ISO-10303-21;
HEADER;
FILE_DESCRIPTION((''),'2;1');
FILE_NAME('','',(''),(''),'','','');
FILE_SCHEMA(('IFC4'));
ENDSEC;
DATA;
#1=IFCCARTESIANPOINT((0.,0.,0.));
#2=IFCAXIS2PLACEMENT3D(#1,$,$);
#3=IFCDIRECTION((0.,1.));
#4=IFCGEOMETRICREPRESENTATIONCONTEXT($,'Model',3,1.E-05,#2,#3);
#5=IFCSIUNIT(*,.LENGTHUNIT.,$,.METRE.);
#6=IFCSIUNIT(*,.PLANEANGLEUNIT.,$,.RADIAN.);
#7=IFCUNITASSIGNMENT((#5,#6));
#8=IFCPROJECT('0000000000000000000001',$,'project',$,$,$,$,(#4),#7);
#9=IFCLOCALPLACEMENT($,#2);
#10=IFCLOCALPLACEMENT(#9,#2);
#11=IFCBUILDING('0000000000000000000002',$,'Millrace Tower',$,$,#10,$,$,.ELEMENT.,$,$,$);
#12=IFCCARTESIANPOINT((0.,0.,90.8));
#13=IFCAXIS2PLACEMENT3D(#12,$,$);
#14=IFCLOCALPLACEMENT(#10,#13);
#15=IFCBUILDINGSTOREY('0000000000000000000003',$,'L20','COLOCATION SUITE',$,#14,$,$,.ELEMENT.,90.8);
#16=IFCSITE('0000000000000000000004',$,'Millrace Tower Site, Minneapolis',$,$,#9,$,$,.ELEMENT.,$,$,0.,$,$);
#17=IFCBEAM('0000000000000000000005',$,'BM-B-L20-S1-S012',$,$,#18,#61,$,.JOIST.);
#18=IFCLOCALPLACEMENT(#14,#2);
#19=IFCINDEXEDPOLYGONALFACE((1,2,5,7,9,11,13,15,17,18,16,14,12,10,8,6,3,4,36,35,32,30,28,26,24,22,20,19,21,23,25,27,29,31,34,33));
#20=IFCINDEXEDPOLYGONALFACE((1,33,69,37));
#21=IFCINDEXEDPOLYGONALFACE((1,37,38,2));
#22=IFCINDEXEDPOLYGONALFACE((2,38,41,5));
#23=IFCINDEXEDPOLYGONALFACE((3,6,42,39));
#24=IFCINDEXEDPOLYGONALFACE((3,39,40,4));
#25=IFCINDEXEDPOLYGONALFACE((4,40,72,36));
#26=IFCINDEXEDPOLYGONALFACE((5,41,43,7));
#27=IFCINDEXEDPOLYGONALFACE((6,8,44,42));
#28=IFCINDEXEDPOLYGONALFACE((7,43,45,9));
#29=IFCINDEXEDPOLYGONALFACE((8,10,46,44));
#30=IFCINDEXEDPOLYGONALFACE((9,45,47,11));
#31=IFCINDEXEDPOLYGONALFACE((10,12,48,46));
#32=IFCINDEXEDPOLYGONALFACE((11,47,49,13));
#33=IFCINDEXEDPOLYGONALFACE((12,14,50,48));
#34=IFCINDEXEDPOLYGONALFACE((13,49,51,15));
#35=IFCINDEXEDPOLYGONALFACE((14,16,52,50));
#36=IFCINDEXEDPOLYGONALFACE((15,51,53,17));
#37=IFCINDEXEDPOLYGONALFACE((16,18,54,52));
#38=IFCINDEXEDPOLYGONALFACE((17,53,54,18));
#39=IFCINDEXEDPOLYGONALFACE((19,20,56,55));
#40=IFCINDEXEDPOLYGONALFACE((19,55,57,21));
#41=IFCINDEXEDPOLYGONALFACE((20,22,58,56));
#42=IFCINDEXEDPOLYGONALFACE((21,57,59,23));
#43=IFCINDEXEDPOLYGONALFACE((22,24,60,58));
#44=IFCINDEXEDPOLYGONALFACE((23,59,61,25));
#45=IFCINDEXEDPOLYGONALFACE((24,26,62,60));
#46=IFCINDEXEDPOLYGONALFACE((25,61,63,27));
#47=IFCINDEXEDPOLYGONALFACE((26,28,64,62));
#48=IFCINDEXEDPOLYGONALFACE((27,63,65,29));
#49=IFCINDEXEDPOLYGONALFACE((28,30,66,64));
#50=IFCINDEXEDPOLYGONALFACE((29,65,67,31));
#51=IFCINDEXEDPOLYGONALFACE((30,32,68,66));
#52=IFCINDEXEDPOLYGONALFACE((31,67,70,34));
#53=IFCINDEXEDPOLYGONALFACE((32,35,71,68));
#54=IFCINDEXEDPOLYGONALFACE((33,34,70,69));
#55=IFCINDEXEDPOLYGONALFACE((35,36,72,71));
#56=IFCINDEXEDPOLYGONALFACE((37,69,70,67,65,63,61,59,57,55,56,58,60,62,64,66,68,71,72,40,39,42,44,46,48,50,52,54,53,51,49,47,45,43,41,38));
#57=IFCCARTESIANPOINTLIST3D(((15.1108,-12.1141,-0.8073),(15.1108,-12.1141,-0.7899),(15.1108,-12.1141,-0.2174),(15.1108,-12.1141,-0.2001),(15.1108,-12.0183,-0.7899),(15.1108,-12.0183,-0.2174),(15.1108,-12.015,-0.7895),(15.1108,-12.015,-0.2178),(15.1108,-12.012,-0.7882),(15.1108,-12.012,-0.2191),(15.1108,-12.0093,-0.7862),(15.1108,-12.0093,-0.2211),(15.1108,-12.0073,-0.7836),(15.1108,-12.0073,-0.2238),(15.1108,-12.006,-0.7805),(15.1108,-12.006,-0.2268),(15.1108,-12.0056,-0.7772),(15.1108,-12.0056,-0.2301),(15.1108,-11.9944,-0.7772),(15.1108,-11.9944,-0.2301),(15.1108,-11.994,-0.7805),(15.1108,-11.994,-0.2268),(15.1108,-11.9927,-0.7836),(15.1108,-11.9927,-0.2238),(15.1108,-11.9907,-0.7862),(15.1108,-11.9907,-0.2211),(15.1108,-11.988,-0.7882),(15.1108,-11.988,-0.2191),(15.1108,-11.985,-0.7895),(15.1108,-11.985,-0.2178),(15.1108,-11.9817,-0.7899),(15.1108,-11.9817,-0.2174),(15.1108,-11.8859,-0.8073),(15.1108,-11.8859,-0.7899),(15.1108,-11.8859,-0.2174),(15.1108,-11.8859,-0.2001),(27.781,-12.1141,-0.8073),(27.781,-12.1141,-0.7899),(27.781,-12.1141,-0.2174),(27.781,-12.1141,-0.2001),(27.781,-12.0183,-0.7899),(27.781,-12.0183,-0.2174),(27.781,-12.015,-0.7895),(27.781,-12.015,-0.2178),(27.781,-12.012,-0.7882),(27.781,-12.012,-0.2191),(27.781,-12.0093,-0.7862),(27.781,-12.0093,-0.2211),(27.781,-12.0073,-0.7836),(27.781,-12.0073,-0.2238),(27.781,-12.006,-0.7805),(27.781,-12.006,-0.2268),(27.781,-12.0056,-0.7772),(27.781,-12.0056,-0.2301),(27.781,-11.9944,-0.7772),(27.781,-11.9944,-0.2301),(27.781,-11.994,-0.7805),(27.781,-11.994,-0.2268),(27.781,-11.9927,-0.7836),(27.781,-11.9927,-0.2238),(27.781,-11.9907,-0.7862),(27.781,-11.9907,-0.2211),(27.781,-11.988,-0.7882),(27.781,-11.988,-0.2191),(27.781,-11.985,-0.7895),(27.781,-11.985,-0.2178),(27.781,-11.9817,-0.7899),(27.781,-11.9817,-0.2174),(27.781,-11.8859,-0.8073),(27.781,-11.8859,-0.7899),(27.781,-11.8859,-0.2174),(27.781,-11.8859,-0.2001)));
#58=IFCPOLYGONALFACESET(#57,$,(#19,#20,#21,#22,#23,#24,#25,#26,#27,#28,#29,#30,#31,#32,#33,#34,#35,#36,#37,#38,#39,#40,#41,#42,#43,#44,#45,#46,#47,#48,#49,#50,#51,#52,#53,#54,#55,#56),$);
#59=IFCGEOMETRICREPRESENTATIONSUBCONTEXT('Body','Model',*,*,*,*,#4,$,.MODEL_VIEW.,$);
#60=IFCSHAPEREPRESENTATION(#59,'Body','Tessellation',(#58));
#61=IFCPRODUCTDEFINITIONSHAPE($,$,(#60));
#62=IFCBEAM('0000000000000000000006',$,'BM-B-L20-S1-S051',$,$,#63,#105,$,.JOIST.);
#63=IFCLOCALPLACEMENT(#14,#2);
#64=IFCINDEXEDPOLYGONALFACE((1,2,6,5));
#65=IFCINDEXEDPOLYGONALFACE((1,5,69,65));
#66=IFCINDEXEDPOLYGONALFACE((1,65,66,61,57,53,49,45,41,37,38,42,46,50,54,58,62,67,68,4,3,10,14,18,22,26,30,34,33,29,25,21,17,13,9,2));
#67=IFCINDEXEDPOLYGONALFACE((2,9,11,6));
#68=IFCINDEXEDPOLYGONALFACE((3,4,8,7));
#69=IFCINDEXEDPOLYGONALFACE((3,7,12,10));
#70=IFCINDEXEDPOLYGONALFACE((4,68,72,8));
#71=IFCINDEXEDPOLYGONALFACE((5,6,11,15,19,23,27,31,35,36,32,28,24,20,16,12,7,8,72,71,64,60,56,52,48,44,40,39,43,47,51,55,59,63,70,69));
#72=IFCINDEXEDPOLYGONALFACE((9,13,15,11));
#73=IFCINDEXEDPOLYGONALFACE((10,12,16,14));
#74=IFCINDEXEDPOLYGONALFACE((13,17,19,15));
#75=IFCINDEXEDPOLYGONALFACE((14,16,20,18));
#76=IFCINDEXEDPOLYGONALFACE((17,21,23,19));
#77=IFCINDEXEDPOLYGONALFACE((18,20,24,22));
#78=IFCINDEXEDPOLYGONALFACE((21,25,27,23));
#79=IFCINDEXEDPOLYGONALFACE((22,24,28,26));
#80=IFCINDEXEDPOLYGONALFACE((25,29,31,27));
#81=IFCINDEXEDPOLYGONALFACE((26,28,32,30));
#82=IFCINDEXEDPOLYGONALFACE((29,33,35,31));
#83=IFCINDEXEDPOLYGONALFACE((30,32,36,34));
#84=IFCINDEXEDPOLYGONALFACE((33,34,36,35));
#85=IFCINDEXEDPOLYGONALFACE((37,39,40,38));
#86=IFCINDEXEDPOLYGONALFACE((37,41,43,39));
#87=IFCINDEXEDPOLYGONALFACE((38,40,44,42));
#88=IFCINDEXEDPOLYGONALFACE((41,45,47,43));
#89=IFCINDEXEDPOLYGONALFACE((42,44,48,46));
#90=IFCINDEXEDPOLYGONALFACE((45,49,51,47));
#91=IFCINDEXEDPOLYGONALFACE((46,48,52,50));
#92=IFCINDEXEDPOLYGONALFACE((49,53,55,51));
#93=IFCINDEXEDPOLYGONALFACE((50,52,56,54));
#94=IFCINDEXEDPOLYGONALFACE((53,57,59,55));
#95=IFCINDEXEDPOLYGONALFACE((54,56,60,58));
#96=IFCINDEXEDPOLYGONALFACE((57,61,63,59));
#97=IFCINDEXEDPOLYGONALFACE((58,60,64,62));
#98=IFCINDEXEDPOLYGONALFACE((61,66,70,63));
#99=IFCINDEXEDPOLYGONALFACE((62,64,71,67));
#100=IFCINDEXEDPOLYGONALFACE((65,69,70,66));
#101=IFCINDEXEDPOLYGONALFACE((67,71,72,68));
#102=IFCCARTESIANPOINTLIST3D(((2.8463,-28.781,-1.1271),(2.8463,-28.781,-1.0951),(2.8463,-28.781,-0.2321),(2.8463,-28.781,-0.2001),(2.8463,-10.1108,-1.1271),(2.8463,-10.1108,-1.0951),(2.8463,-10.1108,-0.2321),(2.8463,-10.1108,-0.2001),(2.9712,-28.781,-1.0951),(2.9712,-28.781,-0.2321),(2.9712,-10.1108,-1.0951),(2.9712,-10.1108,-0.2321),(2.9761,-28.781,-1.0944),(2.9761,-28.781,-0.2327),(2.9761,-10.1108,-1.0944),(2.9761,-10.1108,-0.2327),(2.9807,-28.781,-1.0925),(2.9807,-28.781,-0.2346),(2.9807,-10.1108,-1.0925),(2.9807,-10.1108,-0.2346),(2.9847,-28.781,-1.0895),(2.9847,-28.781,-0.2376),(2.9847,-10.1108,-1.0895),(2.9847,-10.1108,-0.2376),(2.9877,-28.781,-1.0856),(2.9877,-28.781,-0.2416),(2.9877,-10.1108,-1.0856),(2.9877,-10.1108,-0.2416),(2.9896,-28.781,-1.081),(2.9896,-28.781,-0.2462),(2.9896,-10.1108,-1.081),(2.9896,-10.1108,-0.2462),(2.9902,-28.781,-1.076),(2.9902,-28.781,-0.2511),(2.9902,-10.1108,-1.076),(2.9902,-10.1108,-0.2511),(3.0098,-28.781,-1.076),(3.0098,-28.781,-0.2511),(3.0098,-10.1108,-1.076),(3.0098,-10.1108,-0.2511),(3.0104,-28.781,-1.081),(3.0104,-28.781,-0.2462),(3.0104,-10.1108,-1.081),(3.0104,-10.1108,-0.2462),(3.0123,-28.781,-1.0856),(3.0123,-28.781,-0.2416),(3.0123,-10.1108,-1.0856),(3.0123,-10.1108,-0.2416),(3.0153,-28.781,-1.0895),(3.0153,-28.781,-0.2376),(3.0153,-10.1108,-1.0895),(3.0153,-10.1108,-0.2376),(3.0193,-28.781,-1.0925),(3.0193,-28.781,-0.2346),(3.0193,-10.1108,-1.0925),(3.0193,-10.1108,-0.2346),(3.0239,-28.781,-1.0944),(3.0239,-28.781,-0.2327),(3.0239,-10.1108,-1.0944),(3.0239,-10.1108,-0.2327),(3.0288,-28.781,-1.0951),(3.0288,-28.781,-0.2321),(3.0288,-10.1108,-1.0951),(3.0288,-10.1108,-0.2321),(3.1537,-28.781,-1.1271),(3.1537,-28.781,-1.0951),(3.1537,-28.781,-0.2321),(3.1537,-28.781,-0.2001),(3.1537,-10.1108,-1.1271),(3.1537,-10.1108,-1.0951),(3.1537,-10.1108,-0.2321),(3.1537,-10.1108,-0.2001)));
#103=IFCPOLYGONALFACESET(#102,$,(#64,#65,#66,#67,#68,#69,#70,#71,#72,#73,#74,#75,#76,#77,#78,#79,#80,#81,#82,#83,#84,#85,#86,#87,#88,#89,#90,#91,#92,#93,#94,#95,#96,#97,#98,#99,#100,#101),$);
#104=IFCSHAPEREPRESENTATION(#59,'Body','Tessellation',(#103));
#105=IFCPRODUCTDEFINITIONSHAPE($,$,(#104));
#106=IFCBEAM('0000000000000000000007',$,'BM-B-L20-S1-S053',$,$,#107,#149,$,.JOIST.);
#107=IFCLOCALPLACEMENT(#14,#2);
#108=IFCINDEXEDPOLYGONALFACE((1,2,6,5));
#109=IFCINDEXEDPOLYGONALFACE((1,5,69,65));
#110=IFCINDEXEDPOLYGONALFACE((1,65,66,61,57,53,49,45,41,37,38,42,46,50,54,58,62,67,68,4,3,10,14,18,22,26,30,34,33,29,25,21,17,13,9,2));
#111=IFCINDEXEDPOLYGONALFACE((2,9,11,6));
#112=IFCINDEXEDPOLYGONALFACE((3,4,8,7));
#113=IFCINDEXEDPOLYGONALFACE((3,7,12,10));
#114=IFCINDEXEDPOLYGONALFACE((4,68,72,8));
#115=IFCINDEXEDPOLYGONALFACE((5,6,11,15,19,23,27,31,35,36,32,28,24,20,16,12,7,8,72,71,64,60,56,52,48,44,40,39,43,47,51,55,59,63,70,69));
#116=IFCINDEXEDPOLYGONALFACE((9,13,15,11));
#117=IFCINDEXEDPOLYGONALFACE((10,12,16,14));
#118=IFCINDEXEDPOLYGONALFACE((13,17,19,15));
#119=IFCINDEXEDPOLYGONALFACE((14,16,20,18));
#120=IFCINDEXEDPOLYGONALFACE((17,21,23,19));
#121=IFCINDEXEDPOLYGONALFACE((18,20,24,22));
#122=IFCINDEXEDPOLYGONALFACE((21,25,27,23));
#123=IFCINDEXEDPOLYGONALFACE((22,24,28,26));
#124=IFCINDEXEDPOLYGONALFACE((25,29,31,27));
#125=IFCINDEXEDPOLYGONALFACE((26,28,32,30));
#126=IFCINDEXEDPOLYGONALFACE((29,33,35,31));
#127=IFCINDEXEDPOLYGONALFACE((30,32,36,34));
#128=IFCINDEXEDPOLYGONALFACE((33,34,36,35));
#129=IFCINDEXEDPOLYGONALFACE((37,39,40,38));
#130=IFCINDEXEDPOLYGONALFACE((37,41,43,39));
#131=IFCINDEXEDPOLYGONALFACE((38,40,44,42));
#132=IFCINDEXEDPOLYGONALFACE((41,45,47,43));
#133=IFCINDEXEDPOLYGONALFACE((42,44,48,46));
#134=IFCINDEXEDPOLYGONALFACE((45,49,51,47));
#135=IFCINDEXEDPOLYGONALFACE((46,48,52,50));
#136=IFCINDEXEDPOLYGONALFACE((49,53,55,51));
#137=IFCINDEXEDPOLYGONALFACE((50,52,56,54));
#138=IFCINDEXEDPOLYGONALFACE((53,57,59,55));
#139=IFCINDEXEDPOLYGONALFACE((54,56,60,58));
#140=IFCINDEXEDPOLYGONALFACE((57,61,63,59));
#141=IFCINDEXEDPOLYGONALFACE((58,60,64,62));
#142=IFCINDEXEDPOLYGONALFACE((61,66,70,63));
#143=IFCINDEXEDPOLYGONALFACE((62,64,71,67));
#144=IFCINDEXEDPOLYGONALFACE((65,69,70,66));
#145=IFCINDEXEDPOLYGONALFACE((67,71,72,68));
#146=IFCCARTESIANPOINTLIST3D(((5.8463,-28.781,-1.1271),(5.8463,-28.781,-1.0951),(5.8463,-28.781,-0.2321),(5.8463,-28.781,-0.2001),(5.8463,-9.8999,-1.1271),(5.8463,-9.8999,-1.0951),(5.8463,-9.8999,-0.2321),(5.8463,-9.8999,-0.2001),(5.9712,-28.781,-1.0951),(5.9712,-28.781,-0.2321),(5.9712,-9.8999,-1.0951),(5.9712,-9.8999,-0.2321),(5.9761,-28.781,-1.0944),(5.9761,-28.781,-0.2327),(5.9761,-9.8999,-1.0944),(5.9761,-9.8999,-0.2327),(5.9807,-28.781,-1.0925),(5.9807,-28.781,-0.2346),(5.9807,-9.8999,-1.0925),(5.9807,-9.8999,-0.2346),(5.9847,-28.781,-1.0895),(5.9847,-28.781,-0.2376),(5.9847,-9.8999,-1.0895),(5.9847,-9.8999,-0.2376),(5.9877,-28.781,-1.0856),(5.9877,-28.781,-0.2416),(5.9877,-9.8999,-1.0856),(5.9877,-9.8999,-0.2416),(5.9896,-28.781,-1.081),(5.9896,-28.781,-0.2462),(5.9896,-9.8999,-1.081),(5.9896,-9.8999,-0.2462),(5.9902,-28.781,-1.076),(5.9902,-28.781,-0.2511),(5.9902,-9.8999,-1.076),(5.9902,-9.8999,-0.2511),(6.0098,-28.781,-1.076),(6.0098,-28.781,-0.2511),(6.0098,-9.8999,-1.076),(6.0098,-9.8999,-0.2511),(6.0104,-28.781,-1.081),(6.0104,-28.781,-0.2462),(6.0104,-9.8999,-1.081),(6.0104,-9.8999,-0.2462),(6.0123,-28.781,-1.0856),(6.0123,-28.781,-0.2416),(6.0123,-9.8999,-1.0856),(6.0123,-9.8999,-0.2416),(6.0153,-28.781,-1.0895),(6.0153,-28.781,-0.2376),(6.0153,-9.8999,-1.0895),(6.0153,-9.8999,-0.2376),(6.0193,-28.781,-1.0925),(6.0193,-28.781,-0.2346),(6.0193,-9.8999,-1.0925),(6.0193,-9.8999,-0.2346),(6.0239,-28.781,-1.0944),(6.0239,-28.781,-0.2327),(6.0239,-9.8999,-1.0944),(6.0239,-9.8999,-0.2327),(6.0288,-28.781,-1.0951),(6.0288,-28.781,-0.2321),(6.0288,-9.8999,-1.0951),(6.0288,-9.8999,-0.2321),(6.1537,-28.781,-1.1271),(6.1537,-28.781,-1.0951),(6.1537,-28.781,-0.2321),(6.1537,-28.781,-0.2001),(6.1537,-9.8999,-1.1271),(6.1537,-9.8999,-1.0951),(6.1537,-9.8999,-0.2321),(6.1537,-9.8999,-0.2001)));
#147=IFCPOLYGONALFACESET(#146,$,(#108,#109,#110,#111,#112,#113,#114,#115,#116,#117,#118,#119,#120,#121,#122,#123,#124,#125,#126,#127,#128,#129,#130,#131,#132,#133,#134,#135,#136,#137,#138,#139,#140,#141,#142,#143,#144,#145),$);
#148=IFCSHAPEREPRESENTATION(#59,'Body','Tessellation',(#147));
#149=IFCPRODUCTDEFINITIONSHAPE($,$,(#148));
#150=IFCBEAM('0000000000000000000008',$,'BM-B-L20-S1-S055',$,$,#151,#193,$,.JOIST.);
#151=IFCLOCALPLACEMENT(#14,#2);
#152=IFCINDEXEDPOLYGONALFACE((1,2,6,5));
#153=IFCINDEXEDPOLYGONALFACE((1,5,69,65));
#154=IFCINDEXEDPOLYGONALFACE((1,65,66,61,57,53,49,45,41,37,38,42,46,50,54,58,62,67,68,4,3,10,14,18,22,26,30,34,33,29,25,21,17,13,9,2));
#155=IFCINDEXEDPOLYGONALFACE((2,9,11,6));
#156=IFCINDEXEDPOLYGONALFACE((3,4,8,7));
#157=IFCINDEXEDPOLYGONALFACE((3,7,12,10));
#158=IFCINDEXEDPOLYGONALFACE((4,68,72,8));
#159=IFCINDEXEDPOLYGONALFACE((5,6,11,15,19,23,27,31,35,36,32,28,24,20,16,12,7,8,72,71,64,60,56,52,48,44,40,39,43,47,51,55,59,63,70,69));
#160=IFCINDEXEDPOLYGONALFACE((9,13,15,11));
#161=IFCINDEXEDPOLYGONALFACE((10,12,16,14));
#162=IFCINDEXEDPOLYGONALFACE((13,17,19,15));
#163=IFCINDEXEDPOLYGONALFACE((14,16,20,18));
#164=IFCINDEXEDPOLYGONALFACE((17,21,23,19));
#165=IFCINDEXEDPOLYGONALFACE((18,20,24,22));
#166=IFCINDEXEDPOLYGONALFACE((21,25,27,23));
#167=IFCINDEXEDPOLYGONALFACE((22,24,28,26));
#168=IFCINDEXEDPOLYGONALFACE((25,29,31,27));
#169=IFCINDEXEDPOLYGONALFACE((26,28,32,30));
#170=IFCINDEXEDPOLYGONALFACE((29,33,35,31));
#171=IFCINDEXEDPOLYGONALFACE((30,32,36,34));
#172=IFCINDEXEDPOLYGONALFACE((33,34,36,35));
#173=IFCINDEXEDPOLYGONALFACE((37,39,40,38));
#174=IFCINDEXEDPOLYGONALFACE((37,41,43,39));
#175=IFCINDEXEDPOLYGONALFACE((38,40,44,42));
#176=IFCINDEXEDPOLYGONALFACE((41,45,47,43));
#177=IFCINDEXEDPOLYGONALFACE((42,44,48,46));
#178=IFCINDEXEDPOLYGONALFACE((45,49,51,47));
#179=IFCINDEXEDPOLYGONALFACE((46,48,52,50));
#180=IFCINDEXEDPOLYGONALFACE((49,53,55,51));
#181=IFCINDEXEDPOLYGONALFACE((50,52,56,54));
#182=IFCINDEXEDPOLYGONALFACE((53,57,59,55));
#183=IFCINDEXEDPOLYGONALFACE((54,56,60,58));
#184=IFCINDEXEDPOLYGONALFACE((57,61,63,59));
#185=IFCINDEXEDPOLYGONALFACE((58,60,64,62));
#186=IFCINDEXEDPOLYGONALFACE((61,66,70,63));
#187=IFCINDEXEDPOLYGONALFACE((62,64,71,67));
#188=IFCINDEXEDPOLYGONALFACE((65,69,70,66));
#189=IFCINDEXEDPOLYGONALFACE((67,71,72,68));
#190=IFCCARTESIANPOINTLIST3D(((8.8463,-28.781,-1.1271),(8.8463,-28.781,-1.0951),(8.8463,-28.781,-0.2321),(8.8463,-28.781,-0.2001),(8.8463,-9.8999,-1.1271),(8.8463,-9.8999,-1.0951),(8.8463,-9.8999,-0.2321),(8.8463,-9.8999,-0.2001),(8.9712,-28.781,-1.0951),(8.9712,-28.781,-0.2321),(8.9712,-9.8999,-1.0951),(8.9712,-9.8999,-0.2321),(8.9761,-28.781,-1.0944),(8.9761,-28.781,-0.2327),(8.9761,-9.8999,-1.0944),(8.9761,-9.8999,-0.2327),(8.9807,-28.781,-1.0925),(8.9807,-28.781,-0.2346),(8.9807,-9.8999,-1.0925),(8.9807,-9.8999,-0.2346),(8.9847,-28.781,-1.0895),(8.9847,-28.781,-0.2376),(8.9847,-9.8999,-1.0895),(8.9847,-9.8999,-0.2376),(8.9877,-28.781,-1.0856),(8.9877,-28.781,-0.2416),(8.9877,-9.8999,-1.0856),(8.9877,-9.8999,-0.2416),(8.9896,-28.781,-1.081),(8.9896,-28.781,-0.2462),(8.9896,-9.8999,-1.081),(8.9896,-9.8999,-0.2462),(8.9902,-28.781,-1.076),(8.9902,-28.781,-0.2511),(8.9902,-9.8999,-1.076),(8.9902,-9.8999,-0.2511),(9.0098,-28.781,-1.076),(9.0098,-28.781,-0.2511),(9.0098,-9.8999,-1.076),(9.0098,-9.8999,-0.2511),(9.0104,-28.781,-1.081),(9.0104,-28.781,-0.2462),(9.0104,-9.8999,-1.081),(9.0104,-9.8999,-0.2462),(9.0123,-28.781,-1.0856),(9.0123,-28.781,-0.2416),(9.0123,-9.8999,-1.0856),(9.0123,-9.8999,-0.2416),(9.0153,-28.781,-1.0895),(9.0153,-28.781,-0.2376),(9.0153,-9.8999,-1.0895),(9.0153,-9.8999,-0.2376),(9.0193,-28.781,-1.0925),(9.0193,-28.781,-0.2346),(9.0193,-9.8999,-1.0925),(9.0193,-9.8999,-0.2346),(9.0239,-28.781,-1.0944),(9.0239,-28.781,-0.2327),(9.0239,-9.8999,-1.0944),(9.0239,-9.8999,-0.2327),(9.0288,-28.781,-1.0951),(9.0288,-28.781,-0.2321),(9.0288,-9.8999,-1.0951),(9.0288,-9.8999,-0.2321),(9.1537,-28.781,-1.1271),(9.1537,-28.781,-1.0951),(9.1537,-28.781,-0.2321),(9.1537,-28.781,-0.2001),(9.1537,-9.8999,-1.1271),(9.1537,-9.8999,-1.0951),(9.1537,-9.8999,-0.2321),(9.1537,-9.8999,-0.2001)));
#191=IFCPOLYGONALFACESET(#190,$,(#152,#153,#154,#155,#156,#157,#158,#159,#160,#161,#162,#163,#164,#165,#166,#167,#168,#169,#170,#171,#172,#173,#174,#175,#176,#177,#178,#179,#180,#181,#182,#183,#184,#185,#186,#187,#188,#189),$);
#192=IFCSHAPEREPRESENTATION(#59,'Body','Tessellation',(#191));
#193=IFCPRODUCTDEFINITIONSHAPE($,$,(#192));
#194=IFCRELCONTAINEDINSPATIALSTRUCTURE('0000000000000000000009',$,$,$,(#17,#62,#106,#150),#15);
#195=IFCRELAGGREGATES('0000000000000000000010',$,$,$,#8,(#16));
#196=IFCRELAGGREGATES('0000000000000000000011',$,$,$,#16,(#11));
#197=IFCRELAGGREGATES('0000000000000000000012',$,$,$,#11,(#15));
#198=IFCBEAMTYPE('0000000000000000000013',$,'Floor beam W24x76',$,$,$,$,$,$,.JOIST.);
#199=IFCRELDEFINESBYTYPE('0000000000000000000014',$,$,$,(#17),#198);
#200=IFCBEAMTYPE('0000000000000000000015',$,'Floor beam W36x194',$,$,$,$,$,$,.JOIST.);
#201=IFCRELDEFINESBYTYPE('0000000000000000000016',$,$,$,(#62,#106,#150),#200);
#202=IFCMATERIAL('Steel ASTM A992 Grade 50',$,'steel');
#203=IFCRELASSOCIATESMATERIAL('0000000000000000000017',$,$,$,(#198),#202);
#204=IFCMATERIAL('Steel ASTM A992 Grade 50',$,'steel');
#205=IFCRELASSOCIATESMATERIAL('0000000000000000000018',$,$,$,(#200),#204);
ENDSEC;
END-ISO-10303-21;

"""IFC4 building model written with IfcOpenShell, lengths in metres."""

from ifc_helpers import new_model, si_unit, direction, frame, origin, origin_2d, place, context, subcontext, project, spatial, i_section, extrude, material, material_profile, profile_set, type_object, element, save


model = new_model("IFC4")

# Units and contexts
model_context = context("Model", 3, precision=1e-05, world=origin(), true_north=direction((0.0, 1.0)))
body_context = subcontext(model_context, "Body", "Model", "MODEL_VIEW")
ifc_project = project(units=[si_unit("LENGTHUNIT", "METRE"), si_unit("PLANEANGLEUNIT", "RADIAN")], contexts=[model_context])

# Site, building, storey
site_placement = place(None, origin())
site = spatial("IfcSite", under=ifc_project, at=site_placement, Name="Millrace Tower Site, Minneapolis", CompositionType="ELEMENT", RefElevation=0.0)
building_placement = place(site_placement, origin())
building = spatial("IfcBuilding", under=site, at=building_placement, Name="Millrace Tower", CompositionType="ELEMENT")
storey_placement = place(building_placement, frame((0.0, 0.0, 90.8)))
storey = spatial("IfcBuildingStorey", under=building, at=storey_placement, Name="L20", Description="COLOCATION SUITE", CompositionType="ELEMENT", Elevation=90.8)

# Beams
ifc_material_1 = material(Name="Steel ASTM A992 Grade 50", Category="steel")
ifc_material_profile_1 = material_profile(ifc_material_1, i_section(OverallWidth=0.2283, OverallDepth=0.6072, WebThickness=0.0112, FlangeThickness=0.0173, FilletRadius=0.0127, at=origin_2d()))
ifc_profile_set_1 = profile_set([ifc_material_profile_1], Name="Steel ASTM A992 Grade 50")
beam_type_1 = type_object("IfcBeamType", Name="Floor beam W24x76", PredefinedType="JOIST", material=ifc_profile_set_1)
for number, where, z_axis, x_axis, name in (
    (1, (15.1108, -12.0, -0.5037), (1.0, 0.0, 0.0), (0.0, 1.0, 0.0), "BM-B-L20-S1-S012"),
):
    element("IfcBeam", number, at=place(storey_placement, frame(where, z_axis=z_axis, x_axis=x_axis)), inside=storey, type_object=beam_type_1, Name=name, PredefinedType="JOIST", context=body_context, shape_type="SweptSolid", body=[
        extrude(i_section(OverallWidth=0.2283, OverallDepth=0.6072, WebThickness=0.0112, FlangeThickness=0.0173, FilletRadius=0.0127, at=origin_2d()), origin(), (0.0, 0.0, 1.0), 12.6702),
    ])
ifc_material_2 = material(Name="Steel ASTM A992 Grade 50", Category="steel")
ifc_material_profile_2 = material_profile(ifc_material_2, i_section(OverallWidth=0.3074, OverallDepth=0.927, WebThickness=0.0195, FlangeThickness=0.032, FilletRadius=0.019, at=origin_2d()))
ifc_profile_set_2 = profile_set([ifc_material_profile_2], Name="Steel ASTM A992 Grade 50")
beam_type_2 = type_object("IfcBeamType", Name="Floor beam W36x194", PredefinedType="JOIST", material=ifc_profile_set_2)
beam_1_placement = place(storey_placement, frame((3.0, -28.781, -0.6636), z_axis=(0.0, 1.0, 0.0), x_axis=(-1.0, 0.0, 0.0)))
element("IfcBeam", 2, at=beam_1_placement, inside=storey, type_object=beam_type_2, Name="BM-B-L20-S1-S051", PredefinedType="JOIST", context=body_context, shape_type="SweptSolid", body=[
    extrude(i_section(OverallWidth=0.3074, OverallDepth=0.927, WebThickness=0.0195, FlangeThickness=0.032, FilletRadius=0.019, at=origin_2d()), origin(), (0.0, 0.0, 1.0), 18.6702),
])
for number, where, z_axis, x_axis, name in (
    (3, (6.0, -28.781, -0.6636), (0.0, 1.0, 0.0), (-1.0, 0.0, 0.0), "BM-B-L20-S1-S053"),
    (4, (9.0, -28.781, -0.6636), (0.0, 1.0, 0.0), (-1.0, 0.0, 0.0), "BM-B-L20-S1-S055"),
):
    element("IfcBeam", number, at=place(storey_placement, frame(where, z_axis=z_axis, x_axis=x_axis)), inside=storey, type_object=beam_type_2, Name=name, PredefinedType="JOIST", context=body_context, shape_type="SweptSolid", body=[
        extrude(i_section(OverallWidth=0.3074, OverallDepth=0.927, WebThickness=0.0195, FlangeThickness=0.032, FilletRadius=0.019, at=origin_2d()), origin(), (0.0, 0.0, 1.0), 18.8811),
    ])

save(model, "model.ifc")
